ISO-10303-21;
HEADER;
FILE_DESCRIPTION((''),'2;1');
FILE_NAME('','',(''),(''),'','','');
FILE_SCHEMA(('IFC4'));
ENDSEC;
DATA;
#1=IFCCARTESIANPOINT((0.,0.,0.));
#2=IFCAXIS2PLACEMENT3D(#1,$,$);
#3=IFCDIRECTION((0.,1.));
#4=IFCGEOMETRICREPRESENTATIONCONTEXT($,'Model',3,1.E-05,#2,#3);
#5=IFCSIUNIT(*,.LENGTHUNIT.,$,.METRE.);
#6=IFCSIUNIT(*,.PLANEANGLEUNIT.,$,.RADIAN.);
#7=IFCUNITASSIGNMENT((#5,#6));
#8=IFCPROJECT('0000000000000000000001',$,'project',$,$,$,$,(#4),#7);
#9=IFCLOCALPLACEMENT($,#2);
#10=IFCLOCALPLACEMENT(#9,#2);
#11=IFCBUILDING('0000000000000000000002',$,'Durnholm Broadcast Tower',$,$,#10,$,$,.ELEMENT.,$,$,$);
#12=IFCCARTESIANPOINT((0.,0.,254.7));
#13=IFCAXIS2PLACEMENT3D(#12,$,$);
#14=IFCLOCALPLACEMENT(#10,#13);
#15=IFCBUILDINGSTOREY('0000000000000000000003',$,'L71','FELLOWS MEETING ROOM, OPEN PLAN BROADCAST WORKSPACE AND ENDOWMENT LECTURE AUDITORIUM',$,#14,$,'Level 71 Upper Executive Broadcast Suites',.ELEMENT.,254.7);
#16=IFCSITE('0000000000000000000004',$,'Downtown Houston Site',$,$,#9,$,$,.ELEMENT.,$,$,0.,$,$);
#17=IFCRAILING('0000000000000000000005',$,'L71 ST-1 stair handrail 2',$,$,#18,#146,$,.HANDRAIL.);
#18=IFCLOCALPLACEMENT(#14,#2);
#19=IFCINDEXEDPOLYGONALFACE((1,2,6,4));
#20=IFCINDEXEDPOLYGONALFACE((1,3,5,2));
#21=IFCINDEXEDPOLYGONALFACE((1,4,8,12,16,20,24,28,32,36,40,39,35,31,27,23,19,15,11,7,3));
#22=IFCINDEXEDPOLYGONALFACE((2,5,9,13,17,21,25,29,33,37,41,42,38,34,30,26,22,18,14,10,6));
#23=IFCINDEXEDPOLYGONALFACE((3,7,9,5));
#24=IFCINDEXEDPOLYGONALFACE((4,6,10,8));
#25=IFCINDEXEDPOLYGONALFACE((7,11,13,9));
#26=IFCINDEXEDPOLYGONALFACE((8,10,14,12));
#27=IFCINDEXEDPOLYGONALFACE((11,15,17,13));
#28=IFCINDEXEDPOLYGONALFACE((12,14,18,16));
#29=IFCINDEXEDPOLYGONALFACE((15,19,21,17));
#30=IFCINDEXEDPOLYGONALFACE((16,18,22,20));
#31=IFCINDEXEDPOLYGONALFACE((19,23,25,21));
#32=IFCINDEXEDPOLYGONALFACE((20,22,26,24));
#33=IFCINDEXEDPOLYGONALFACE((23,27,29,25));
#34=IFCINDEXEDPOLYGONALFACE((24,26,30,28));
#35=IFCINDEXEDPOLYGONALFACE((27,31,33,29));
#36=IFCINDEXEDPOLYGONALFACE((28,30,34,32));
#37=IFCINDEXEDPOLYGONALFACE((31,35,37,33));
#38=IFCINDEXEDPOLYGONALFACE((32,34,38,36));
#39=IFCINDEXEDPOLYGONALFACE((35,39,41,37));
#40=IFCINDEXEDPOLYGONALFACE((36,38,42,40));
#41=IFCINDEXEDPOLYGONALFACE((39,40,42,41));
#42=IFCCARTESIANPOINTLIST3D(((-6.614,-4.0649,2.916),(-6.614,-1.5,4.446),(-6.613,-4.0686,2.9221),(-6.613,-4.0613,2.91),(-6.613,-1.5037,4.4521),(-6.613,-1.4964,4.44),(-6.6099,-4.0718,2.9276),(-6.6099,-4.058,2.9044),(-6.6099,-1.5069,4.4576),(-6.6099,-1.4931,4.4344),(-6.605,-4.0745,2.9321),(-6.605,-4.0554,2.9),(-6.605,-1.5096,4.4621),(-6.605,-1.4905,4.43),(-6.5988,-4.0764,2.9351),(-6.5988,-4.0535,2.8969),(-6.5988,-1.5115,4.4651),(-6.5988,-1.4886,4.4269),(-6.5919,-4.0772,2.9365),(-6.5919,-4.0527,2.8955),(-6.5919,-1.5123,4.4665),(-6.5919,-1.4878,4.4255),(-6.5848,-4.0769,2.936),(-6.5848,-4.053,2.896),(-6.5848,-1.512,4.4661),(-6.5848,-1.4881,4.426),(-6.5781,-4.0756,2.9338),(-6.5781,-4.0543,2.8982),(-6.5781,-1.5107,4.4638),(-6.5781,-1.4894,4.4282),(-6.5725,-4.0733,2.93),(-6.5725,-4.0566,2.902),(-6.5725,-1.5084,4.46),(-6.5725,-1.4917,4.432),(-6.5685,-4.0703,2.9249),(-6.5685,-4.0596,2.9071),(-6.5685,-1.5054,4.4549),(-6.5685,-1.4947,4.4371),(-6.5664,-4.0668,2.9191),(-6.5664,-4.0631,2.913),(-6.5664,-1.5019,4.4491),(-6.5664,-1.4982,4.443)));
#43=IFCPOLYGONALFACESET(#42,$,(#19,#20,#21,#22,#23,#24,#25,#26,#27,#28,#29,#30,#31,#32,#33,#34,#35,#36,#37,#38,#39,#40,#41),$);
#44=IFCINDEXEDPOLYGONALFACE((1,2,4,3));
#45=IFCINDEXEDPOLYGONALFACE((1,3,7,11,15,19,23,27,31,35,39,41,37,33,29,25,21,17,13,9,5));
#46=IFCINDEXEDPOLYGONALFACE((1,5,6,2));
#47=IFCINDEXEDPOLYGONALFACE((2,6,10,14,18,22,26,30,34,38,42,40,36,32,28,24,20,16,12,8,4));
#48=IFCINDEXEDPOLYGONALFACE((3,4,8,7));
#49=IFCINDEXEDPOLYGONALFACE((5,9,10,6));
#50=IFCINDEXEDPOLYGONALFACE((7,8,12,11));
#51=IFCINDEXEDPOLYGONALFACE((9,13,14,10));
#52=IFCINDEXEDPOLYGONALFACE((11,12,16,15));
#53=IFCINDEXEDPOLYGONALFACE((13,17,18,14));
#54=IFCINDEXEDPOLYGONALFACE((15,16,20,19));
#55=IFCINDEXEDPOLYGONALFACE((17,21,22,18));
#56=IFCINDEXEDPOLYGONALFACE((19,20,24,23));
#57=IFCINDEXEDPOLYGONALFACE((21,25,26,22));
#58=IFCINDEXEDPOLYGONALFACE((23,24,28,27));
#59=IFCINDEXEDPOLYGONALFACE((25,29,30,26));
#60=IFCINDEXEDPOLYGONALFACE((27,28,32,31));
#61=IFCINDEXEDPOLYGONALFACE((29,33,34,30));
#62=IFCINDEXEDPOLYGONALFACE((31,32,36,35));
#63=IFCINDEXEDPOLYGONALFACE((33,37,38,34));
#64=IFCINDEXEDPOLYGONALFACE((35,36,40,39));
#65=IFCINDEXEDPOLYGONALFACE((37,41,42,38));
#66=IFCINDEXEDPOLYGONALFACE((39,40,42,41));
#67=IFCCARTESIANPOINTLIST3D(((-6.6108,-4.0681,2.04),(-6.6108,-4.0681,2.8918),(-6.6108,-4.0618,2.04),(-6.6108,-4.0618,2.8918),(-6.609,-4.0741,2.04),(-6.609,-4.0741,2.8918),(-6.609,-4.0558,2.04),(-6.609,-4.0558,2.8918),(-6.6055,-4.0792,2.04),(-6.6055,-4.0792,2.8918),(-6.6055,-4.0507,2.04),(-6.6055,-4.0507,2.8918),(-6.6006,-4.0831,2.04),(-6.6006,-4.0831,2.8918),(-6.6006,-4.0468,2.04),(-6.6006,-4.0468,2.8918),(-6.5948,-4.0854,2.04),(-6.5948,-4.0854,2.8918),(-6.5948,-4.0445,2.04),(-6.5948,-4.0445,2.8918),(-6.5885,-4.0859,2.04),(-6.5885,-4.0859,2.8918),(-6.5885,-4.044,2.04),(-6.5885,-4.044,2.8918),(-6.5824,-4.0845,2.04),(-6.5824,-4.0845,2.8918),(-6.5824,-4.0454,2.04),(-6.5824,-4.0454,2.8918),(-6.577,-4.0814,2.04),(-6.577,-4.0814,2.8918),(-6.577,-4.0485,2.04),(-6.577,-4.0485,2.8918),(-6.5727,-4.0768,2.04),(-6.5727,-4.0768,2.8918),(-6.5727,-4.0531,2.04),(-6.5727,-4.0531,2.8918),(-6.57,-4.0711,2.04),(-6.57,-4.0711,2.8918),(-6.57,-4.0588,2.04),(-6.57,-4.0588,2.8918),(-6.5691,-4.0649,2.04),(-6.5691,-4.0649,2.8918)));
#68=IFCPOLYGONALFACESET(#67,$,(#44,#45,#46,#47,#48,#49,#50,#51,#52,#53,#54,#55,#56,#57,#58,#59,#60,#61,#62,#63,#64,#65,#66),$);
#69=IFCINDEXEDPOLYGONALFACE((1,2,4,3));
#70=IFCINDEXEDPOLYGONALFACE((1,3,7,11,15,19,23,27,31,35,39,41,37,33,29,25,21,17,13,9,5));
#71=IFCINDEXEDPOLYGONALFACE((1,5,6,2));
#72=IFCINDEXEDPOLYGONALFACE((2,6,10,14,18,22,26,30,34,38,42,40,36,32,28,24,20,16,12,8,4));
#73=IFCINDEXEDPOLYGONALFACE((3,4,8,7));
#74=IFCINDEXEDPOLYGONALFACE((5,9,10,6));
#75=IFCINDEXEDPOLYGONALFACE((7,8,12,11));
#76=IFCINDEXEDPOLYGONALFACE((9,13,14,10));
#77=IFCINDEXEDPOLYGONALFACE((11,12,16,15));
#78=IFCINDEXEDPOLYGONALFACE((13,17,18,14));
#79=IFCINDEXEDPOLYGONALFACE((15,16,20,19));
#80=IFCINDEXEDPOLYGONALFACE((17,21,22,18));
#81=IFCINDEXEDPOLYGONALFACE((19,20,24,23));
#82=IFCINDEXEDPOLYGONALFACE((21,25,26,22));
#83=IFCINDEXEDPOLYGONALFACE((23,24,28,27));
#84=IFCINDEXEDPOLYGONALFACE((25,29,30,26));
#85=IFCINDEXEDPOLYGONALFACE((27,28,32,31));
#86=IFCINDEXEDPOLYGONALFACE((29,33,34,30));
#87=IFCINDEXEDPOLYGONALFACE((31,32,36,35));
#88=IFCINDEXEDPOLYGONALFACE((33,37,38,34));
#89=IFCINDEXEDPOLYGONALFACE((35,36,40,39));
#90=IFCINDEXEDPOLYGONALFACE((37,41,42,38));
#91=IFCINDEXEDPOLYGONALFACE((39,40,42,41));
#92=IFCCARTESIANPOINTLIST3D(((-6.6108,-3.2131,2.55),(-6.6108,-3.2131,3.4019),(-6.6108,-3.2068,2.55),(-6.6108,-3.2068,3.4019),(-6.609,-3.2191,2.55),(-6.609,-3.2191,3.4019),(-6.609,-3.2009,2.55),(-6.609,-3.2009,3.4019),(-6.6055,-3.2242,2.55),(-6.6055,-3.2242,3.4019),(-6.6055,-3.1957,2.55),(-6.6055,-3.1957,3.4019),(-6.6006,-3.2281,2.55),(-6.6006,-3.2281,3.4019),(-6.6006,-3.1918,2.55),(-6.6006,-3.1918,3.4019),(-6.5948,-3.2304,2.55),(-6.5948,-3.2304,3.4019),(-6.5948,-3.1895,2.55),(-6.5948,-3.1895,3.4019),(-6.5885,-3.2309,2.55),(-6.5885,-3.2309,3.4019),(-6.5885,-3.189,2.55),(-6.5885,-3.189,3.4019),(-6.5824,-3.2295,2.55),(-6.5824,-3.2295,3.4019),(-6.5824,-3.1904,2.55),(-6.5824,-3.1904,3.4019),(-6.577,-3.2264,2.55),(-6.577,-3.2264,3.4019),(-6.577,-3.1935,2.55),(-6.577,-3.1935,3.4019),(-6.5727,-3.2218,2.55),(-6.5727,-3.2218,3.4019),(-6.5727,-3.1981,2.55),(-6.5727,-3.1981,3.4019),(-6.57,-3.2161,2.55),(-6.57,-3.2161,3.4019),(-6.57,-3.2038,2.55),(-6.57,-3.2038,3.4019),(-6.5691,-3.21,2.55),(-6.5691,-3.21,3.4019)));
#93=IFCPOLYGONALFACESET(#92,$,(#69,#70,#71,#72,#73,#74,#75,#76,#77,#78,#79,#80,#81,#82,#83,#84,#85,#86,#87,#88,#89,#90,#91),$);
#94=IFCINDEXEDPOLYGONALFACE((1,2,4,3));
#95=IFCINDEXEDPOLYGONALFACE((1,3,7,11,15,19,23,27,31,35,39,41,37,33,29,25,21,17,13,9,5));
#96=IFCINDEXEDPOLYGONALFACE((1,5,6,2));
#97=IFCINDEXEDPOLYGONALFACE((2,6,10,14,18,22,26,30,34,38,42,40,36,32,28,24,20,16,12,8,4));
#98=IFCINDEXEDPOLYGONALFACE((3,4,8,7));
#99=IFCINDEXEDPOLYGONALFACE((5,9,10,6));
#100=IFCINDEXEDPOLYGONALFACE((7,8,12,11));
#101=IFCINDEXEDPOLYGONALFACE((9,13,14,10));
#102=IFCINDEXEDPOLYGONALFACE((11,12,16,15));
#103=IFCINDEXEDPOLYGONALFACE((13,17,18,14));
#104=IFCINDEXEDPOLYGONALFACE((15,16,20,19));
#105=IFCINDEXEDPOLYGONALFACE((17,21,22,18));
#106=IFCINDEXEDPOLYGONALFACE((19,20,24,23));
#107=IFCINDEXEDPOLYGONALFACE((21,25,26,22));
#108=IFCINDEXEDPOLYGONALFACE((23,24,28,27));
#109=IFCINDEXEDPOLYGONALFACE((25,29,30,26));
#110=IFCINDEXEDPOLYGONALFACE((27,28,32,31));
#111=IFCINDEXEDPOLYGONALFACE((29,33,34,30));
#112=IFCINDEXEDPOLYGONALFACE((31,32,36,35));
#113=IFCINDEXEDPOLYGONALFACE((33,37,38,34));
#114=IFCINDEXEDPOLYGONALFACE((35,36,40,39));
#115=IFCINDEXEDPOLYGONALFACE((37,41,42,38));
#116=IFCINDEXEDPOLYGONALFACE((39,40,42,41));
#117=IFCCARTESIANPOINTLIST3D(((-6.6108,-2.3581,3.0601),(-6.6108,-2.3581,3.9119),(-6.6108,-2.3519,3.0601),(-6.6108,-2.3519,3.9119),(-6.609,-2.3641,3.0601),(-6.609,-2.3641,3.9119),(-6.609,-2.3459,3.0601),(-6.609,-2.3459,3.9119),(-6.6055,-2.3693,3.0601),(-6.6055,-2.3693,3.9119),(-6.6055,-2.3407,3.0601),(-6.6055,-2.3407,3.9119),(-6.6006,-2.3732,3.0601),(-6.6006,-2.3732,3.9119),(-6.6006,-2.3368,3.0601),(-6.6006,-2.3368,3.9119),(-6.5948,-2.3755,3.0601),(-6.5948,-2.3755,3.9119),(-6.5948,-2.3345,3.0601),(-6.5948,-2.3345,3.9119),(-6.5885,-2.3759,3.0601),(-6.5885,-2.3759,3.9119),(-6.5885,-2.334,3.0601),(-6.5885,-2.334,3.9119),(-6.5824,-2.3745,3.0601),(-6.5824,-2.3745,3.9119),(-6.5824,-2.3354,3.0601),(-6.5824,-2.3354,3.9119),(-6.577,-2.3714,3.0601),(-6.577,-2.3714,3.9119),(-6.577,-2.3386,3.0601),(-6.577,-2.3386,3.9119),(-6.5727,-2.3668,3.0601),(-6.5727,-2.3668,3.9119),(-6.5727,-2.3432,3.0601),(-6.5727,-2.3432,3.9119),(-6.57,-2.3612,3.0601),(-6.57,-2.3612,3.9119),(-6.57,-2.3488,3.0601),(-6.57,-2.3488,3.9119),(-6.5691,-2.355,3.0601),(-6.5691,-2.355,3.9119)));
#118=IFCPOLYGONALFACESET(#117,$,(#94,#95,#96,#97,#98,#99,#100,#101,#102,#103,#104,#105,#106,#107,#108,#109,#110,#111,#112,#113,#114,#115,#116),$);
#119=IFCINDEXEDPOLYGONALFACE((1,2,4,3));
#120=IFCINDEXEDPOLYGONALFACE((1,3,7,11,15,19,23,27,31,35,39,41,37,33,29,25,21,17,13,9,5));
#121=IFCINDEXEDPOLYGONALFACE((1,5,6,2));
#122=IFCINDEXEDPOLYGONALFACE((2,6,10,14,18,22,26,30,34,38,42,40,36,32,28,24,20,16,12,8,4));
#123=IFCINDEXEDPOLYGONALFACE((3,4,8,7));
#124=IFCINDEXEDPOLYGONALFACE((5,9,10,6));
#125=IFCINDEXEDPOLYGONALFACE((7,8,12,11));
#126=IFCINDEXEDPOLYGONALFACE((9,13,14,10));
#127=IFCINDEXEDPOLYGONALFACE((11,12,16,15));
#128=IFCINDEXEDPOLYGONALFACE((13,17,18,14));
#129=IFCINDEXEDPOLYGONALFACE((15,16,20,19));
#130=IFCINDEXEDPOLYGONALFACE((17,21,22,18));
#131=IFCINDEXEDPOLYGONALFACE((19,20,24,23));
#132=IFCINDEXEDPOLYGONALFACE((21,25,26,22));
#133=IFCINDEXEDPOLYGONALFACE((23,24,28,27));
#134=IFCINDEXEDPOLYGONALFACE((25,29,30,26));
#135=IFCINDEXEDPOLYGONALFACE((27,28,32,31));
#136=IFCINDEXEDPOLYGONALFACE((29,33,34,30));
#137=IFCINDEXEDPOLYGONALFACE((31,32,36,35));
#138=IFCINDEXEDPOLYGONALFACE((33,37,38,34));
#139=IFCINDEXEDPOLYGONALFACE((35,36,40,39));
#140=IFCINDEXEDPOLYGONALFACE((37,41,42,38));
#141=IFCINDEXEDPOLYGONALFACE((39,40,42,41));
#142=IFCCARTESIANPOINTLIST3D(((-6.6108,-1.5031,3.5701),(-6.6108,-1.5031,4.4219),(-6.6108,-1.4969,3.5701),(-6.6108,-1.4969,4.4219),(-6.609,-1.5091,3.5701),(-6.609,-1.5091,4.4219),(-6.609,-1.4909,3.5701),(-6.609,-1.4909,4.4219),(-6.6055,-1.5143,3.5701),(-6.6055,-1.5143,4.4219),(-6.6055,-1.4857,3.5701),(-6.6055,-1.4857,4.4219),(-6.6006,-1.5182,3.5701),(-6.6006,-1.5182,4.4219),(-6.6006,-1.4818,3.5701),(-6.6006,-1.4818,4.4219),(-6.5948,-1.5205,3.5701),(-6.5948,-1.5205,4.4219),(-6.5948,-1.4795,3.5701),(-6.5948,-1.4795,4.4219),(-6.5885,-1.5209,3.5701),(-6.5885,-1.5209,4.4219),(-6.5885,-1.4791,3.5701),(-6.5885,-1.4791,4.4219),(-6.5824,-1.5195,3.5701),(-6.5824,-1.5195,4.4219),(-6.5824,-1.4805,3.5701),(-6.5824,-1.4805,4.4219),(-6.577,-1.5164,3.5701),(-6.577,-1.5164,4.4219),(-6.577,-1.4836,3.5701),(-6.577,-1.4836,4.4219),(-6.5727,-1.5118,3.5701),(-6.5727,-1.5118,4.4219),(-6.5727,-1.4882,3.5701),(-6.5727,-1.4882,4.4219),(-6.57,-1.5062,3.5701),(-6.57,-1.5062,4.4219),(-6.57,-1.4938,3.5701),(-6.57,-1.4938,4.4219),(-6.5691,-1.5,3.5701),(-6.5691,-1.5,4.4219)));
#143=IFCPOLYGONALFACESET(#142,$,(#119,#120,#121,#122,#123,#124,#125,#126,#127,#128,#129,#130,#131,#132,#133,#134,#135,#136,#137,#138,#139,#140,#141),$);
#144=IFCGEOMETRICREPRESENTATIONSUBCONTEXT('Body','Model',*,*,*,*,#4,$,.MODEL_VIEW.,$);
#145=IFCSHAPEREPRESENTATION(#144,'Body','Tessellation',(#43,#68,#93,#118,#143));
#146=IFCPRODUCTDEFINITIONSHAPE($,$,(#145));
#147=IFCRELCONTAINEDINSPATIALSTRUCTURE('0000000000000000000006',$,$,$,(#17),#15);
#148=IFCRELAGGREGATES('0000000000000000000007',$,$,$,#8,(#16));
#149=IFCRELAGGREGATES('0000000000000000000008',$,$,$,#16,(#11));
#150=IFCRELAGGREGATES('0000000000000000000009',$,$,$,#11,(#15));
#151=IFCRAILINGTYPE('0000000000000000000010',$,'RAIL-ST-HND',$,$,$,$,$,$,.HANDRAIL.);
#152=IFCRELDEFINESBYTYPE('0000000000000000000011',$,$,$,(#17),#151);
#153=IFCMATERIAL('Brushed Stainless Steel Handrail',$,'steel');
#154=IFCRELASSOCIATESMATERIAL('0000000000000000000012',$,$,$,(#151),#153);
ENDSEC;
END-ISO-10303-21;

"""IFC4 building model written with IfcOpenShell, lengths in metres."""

from ifc_helpers import new_model, si_unit, direction, frame, origin, origin_2d, place, context, subcontext, project, spatial, circle, extrude, material, type_object, element, save


model = new_model("IFC4")

# Units and contexts
model_context = context("Model", 3, precision=1e-05, world=origin(), true_north=direction((0.0, 1.0)))
body_context = subcontext(model_context, "Body", "Model", "MODEL_VIEW")
ifc_project = project(units=[si_unit("LENGTHUNIT", "METRE"), si_unit("PLANEANGLEUNIT", "RADIAN")], contexts=[model_context])

# Site, building, storey
site_placement = place(None, origin())
site = spatial("IfcSite", under=ifc_project, at=site_placement, Name="Downtown Houston Site", CompositionType="ELEMENT", RefElevation=0.0)
building_placement = place(site_placement, origin())
building = spatial("IfcBuilding", under=site, at=building_placement, Name="Durnholm Broadcast Tower", CompositionType="ELEMENT")
storey_placement = place(building_placement, frame((0.0, 0.0, 254.7)))
storey = spatial("IfcBuildingStorey", under=building, at=storey_placement, Name="L71", Description="FELLOWS MEETING ROOM, OPEN PLAN BROADCAST WORKSPACE AND ENDOWMENT LECTURE AUDITORIUM", LongName="Level 71 Upper Executive Broadcast Suites", CompositionType="ELEMENT", Elevation=254.7)

# Railing
ifc_material_1 = material(Name="Brushed Stainless Steel Handrail", Category="steel")
railing_type_1 = type_object("IfcRailingType", Name="RAIL-ST-HND", PredefinedType="HANDRAIL", material=ifc_material_1)
railing_1_placement = place(storey_placement, frame((-6.5901, -4.0649, 2.04)))
element("IfcRailing", 1, at=railing_1_placement, inside=storey, type_object=railing_type_1, Name="L71 ST-1 stair handrail 2", PredefinedType="HANDRAIL", context=body_context, shape_type="SweptSolid", body=[
    extrude(circle(Radius=0.0239, at=origin_2d()), frame((0.0, 0.0, 0.876), z_axis=(0.0, 0.85881, 0.512294), x_axis=(-1.0, 0.0, 0.0)), (0.0, 0.0, 1.0), 2.9866),
    extrude(circle(Radius=0.021, at=origin_2d()), origin(), (0.0, 0.0, 1.0), 0.8518),
    extrude(circle(Radius=0.021, at=origin_2d()), frame((0.0, 0.855, 0.51)), (0.0, 0.0, 1.0), 0.8518),
    extrude(circle(Radius=0.021, at=origin_2d()), frame((0.0, 1.71, 1.02)), (0.0, 0.0, 1.0), 0.8518),
    extrude(circle(Radius=0.021, at=origin_2d()), frame((0.0, 2.5649, 1.53)), (0.0, 0.0, 1.0), 0.8518),
])

save(model, "model.ifc")
